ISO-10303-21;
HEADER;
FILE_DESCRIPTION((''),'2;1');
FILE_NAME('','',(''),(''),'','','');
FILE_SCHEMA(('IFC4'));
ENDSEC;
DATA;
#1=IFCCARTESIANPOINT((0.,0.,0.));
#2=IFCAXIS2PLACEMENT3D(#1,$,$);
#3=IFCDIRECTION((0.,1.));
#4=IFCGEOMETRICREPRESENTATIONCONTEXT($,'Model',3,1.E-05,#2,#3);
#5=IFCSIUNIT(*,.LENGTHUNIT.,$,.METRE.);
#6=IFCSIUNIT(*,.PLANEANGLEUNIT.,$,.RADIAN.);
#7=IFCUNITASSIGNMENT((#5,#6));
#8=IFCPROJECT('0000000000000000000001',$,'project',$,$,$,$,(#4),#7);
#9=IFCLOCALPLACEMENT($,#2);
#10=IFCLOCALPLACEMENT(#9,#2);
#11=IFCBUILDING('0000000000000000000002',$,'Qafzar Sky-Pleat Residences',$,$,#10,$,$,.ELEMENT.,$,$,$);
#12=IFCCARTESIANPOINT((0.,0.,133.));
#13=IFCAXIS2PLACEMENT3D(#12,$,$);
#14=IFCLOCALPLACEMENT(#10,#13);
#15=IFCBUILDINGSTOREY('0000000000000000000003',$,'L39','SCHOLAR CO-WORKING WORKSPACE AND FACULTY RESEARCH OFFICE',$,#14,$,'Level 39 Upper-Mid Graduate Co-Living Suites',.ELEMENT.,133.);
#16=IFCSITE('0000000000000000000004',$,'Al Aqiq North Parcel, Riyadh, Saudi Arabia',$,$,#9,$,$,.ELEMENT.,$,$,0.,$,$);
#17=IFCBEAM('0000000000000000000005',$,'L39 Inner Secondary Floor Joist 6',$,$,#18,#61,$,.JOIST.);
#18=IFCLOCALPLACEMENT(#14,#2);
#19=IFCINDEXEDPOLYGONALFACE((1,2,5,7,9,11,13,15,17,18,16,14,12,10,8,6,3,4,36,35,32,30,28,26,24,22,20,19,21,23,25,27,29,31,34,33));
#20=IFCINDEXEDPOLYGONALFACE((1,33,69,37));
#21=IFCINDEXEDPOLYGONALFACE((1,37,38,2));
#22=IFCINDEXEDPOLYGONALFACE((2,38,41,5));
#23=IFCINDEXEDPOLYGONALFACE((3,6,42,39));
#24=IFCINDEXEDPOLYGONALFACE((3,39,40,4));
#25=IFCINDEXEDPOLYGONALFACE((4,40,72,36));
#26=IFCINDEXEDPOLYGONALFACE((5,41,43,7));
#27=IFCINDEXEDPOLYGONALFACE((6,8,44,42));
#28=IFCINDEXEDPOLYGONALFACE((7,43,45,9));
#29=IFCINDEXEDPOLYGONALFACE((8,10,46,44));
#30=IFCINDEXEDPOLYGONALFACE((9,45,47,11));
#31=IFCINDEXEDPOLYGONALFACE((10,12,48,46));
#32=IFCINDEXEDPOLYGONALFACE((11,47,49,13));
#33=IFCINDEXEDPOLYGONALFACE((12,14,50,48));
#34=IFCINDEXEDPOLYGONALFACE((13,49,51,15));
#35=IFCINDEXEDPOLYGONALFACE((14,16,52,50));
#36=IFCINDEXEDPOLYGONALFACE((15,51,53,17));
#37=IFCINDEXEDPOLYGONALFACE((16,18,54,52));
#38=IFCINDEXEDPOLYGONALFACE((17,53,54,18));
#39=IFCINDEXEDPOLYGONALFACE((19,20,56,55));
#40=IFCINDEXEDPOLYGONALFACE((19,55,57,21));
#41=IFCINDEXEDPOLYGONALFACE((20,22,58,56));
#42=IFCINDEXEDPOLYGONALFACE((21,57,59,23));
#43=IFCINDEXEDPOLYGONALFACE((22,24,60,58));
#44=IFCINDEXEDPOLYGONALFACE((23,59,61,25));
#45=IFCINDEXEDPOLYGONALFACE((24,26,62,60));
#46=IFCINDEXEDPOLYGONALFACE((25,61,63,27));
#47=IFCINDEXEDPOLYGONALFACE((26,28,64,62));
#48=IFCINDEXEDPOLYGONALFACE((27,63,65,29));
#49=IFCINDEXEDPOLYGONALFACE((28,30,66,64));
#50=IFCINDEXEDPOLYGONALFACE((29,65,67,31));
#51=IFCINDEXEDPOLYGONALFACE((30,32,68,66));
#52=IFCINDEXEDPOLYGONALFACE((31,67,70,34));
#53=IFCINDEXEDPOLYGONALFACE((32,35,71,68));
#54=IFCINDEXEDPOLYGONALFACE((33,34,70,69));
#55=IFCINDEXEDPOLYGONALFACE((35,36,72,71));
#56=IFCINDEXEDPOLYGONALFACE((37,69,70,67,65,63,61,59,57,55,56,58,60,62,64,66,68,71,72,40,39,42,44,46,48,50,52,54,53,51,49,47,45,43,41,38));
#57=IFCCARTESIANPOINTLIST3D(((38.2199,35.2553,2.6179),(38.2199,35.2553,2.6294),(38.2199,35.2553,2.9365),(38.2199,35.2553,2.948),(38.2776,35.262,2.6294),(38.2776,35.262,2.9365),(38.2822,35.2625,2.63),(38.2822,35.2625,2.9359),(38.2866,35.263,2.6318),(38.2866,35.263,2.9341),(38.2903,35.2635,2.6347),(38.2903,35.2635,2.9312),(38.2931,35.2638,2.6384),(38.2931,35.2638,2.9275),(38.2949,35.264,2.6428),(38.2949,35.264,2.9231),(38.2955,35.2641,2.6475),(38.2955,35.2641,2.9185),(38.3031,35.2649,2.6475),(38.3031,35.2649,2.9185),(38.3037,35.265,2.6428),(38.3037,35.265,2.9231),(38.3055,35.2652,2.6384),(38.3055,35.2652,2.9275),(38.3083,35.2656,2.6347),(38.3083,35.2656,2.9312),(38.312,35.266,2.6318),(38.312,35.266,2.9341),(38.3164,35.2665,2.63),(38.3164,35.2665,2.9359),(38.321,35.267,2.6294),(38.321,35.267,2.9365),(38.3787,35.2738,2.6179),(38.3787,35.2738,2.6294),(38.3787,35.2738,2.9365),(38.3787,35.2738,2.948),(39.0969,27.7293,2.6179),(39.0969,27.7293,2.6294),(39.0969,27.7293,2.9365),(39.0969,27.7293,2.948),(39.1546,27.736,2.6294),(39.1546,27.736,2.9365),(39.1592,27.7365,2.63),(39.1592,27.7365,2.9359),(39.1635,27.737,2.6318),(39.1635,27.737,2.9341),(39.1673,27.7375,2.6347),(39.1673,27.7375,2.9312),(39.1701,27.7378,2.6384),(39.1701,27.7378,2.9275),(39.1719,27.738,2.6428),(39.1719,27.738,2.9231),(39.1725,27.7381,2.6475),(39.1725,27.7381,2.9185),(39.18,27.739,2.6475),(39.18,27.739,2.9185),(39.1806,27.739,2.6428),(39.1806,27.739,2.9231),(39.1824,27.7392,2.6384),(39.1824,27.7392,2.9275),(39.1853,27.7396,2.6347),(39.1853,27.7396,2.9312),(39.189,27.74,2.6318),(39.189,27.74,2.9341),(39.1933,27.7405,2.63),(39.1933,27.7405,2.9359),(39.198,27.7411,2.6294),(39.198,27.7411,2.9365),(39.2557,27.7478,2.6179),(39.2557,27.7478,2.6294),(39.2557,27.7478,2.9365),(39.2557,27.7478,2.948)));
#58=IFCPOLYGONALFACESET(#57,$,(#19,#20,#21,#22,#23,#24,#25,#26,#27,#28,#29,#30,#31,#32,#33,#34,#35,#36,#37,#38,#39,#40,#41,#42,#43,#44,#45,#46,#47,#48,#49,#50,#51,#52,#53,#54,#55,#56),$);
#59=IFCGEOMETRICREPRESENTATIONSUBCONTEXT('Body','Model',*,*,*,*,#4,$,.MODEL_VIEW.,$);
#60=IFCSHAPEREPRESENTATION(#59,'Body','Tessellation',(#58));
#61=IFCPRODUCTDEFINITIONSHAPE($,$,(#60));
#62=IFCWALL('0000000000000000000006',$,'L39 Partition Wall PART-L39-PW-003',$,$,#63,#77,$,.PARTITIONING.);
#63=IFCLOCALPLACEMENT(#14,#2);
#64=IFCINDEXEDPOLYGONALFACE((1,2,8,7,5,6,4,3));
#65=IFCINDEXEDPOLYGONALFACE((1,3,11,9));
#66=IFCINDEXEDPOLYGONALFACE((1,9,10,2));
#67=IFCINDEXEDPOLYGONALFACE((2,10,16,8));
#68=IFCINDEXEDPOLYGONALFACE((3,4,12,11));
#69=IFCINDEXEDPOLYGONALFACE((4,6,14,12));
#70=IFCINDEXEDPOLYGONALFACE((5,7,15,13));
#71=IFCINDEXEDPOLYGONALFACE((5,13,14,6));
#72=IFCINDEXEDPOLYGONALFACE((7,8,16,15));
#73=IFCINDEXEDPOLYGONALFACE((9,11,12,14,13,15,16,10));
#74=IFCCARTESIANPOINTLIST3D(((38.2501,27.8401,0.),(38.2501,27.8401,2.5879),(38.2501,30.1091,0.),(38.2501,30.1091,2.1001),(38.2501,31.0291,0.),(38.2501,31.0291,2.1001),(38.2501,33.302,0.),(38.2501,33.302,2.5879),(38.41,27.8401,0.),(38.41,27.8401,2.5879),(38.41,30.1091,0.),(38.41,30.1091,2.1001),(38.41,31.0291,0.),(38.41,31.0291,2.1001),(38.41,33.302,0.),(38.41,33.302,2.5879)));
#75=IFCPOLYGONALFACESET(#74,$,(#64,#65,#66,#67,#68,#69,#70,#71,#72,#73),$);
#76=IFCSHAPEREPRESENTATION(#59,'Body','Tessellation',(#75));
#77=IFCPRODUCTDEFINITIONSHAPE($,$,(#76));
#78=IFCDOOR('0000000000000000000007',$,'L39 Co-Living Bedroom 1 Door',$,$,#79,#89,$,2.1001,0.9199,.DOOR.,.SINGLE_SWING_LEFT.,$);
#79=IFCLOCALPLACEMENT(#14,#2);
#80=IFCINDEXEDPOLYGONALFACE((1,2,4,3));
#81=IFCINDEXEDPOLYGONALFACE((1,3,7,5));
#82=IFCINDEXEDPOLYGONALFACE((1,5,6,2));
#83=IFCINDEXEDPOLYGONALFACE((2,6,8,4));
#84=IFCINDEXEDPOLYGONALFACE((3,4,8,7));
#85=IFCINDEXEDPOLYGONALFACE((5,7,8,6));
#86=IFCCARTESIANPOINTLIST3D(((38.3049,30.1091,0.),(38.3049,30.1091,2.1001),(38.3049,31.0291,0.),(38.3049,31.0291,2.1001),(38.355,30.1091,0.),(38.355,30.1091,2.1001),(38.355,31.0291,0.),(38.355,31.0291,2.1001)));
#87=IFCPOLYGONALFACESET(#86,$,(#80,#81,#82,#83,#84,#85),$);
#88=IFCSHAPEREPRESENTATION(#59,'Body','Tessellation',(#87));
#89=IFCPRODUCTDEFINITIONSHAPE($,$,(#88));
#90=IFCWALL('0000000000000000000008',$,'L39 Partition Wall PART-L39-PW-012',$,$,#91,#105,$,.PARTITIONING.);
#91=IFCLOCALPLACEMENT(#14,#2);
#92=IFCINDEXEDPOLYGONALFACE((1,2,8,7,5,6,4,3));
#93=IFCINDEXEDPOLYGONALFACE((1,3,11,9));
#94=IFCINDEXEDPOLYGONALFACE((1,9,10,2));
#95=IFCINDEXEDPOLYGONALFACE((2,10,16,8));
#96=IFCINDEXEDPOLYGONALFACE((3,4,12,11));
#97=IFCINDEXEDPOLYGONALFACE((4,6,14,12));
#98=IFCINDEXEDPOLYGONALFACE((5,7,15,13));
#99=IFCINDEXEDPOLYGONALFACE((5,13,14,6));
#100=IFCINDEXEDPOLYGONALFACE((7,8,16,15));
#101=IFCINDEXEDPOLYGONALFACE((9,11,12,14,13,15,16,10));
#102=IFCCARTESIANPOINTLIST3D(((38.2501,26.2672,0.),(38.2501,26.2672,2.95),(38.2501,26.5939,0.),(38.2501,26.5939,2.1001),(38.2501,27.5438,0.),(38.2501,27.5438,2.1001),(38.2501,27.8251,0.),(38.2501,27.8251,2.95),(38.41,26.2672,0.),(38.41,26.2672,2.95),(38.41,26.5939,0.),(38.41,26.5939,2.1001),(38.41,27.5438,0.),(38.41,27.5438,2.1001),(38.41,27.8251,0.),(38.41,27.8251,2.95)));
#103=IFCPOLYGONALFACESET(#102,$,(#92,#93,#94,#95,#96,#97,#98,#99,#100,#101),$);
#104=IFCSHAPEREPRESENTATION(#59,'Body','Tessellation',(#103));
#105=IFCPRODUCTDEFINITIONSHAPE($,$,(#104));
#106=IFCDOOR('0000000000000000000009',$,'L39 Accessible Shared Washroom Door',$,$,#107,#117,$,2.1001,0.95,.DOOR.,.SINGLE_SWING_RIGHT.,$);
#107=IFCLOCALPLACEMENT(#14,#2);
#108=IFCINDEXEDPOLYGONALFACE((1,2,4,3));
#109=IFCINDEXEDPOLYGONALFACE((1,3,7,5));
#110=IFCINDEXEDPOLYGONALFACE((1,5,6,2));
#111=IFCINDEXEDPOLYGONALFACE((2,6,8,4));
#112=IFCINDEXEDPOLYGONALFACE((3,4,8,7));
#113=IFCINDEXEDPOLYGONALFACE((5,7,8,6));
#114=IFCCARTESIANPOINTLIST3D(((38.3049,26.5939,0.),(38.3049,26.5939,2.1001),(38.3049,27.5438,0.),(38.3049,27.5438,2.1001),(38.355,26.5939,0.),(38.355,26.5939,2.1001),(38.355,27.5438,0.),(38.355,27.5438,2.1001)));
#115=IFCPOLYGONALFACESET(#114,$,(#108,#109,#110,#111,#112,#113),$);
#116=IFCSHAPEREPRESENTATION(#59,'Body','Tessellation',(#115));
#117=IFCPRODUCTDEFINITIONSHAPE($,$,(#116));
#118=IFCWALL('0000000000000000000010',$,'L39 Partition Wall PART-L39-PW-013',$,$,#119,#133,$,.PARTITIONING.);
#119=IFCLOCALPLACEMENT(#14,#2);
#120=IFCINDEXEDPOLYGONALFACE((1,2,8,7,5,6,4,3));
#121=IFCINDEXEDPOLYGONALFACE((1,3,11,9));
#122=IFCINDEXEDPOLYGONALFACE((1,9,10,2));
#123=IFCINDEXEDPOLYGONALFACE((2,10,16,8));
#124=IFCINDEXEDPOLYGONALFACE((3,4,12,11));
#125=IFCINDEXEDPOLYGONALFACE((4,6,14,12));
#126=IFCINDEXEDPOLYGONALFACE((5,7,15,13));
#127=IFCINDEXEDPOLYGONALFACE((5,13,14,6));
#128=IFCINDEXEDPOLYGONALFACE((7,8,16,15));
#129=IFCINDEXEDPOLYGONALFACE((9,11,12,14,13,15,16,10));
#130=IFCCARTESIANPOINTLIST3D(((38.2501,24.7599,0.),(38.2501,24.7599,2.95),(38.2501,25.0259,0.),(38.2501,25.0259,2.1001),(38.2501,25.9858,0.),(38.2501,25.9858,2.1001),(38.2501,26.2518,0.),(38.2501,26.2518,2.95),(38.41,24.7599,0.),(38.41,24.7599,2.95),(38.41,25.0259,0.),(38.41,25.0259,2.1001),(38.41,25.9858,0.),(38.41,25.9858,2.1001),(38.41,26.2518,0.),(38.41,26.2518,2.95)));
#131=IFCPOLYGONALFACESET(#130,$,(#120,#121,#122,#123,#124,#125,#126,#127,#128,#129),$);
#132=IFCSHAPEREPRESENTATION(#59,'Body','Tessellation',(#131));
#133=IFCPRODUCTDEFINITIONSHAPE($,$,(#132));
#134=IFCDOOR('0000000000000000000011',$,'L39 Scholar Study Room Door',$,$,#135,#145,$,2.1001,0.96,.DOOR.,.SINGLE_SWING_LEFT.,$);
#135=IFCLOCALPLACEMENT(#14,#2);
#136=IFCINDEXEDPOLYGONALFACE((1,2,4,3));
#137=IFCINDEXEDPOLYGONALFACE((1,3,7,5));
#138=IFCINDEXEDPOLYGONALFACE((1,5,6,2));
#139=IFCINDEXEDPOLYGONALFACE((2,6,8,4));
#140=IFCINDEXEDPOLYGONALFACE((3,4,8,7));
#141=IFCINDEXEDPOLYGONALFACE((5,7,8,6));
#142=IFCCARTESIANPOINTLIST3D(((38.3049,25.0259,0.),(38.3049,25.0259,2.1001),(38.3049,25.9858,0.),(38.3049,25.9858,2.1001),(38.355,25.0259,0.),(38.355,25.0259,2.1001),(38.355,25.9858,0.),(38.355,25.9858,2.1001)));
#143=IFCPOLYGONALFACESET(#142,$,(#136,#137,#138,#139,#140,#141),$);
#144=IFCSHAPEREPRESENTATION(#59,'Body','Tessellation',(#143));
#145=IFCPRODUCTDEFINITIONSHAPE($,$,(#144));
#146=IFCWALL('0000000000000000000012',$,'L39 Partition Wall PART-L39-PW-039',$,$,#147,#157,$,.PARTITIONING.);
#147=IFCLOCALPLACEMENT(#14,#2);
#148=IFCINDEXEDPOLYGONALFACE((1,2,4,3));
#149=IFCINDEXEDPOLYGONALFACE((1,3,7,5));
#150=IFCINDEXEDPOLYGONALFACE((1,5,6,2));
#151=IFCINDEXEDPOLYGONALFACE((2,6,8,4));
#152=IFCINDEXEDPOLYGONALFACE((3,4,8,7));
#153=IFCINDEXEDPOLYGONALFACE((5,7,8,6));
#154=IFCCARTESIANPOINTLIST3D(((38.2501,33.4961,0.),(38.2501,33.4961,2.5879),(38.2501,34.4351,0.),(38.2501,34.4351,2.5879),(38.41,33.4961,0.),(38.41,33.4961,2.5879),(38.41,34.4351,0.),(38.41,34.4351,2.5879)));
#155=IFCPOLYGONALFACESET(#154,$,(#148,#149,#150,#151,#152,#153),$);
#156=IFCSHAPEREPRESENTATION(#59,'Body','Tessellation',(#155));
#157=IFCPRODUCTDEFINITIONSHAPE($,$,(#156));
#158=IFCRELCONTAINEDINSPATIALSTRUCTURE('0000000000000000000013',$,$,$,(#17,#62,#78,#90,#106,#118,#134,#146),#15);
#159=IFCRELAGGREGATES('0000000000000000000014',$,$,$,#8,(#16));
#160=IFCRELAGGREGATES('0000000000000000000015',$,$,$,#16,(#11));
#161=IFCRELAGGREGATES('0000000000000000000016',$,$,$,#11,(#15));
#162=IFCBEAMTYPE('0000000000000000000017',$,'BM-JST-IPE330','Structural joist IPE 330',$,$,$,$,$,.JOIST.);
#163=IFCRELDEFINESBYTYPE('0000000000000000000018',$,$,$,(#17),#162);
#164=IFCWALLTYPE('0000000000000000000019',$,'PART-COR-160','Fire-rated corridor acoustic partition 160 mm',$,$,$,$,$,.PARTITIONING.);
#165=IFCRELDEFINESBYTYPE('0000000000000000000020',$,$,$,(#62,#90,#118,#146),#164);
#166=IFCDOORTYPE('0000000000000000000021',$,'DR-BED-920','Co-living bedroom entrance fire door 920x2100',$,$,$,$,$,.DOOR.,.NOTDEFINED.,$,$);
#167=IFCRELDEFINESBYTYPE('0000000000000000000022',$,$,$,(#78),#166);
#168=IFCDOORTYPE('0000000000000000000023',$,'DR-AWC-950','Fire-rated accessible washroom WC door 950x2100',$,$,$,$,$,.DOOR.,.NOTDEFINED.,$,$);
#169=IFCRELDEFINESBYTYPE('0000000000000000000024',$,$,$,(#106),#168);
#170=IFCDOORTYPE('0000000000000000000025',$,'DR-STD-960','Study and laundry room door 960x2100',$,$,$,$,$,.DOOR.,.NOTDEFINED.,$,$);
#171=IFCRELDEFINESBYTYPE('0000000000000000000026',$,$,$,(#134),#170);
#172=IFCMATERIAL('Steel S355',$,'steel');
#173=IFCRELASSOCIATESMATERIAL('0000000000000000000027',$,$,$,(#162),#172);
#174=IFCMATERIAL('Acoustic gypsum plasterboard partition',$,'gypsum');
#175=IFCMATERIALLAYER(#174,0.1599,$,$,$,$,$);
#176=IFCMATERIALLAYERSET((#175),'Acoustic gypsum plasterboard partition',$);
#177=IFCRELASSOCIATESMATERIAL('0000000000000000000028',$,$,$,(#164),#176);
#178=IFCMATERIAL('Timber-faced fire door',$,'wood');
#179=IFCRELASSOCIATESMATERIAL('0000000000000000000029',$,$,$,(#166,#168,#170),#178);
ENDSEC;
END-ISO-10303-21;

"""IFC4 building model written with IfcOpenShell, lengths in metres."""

from ifc_helpers import new_model, si_unit, direction, frame, frame_2d, origin, origin_2d, place, context, subcontext, project, spatial, rectangle, i_section, extrude, source, transform, mapped, material, layer, layer_set, material_profile, profile_set, type_object, element, fill, save


model = new_model("IFC4")

# Units and contexts
model_context = context("Model", 3, precision=1e-05, world=origin(), true_north=direction((0.0, 1.0)))
body_context = subcontext(model_context, "Body", "Model", "MODEL_VIEW")
ifc_project = project(units=[si_unit("LENGTHUNIT", "METRE"), si_unit("PLANEANGLEUNIT", "RADIAN")], contexts=[model_context])

# Site, building, storey
site_placement = place(None, origin())
site = spatial("IfcSite", under=ifc_project, at=site_placement, Name="Al Aqiq North Parcel, Riyadh, Saudi Arabia", CompositionType="ELEMENT", RefElevation=0.0)
building_placement = place(site_placement, origin())
building = spatial("IfcBuilding", under=site, at=building_placement, Name="Qafzar Sky-Pleat Residences", CompositionType="ELEMENT")
storey_placement = place(building_placement, frame((0.0, 0.0, 133.0)))
storey = spatial("IfcBuildingStorey", under=building, at=storey_placement, Name="L39", Description="SCHOLAR CO-WORKING WORKSPACE AND FACULTY RESEARCH OFFICE", LongName="Level 39 Upper-Mid Graduate Co-Living Suites", CompositionType="ELEMENT", Elevation=133.0)

# Beam
ifc_material_1 = material(Name="Steel S355", Category="steel")
ifc_material_profile = material_profile(ifc_material_1, i_section(OverallWidth=0.1599, OverallDepth=0.3301, WebThickness=0.0076, FlangeThickness=0.0115, FilletRadius=0.0181, at=origin_2d()), Name="IPE 330")
ifc_profile_set = profile_set([ifc_material_profile], Name="Steel S355")
beam_type = type_object("IfcBeamType", Name="BM-JST-IPE330", Description="Structural joist IPE 330", PredefinedType="JOIST", material=ifc_profile_set)
shared_shape_1 = source(origin(), body_context, "Body", "SweptSolid", [
    extrude(i_section(OverallWidth=0.1599, OverallDepth=0.3301, WebThickness=0.0076, FlangeThickness=0.0115, FilletRadius=0.0181, at=origin_2d()), origin(), (0.0, 0.0, 1.0), 7.5769),
])
beam_placement = place(storey_placement, frame((39.1763, 27.7385, 2.783), z_axis=(-0.115742, 0.993279, 0.0), x_axis=(-0.993279, -0.115742, 0.0)))
element("IfcBeam", 1, at=beam_placement, inside=storey, type_object=beam_type, Name="L39 Inner Secondary Floor Joist 6", PredefinedType="JOIST", context=body_context, shape_type="MappedRepresentation", body=[
    mapped(shared_shape_1, transform((0.0, 0.0, 0.0), x_axis=(1.0, 0.0, 0.0), y_axis=(0.0, 1.0, 0.0), z_axis=(0.0, 0.0, 1.0), scale=1.0)),
])

# Walls, openings, doors
ifc_material_2 = material(Name="Acoustic gypsum plasterboard partition", Category="gypsum")
ifc_layer_1 = layer(ifc_material_2, 0.1599)
ifc_layer_set_1 = layer_set([ifc_layer_1], Name="Acoustic gypsum plasterboard partition")
wall_type_1 = type_object("IfcWallType", Name="PART-COR-160", Description="Fire-rated corridor acoustic partition 160 mm", PredefinedType="PARTITIONING", material=ifc_layer_set_1)
wall_1_placement = place(storey_placement, frame((38.3301, 33.302, 0.0), z_axis=(0.0, 0.0, 1.0), x_axis=(0.0, -1.0, 0.0)))
wall_1 = element("IfcWall", 2, at=wall_1_placement, inside=storey, type_object=wall_type_1, Name="L39 Partition Wall PART-L39-PW-003", PredefinedType="PARTITIONING", context=body_context, shape_type="SweptSolid", body=[
    extrude(rectangle(XDim=5.4619, YDim=0.1599, at=frame_2d((2.731, 0.0))), origin(), (0.0, 0.0, 1.0), 2.5879),
])
opening_1_placement = place(wall_1_placement, frame((2.2729, 0.0, 0.0)))
opening_1 = element("IfcOpeningElement", 3, at=opening_1_placement, cuts=wall_1, PredefinedType="OPENING", context=body_context, shape_type="SweptSolid", body=[
    extrude(rectangle(XDim=0.9199, YDim=2.1001, at=frame_2d((0.46, 1.05))), frame((0.0, 0.0898, 0.0), z_axis=(0.0, -1.0, 0.0), x_axis=(1.0, 0.0, 0.0)), (0.0, 0.0, 1.0), 0.1799),
])
ifc_material_3 = material(Name="Timber-faced fire door", Category="wood")
door_type_1 = type_object("IfcDoorType", Name="DR-BED-920", Description="Co-living bedroom entrance fire door 920x2100", OperationType="NOTDEFINED", PredefinedType="DOOR", material=ifc_material_3)
shared_shape_2 = source(origin(), body_context, "Body", "SweptSolid", [
    extrude(rectangle(XDim=0.9199, YDim=2.1001, at=frame_2d((0.46, 1.05))), frame((0.0, 0.0249, 0.0), z_axis=(0.0, -1.0, 0.0), x_axis=(1.0, 0.0, 0.0)), (0.0, 0.0, 1.0), 0.05),
])
door_1_placement = place(opening_1_placement, origin())
door_1 = element("IfcDoor", 4, at=door_1_placement, inside=storey, type_object=door_type_1, Name="L39 Co-Living Bedroom 1 Door", OperationType="SINGLE_SWING_LEFT", OverallHeight=2.1001, OverallWidth=0.9199, PredefinedType="DOOR", context=body_context, shape_type="MappedRepresentation", body=[
    mapped(shared_shape_2, transform((0.0, 0.0, 0.0), x_axis=(1.0, 0.0, 0.0), y_axis=(0.0, 1.0, 0.0), z_axis=(0.0, 0.0, 1.0), scale=1.0)),
])
fill(opening_1, door_1)
wall_2_placement = place(storey_placement, frame((38.3301, 27.825, 0.0), z_axis=(0.0, 0.0, 1.0), x_axis=(0.0, -1.0, 0.0)))
wall_2 = element("IfcWall", 5, at=wall_2_placement, inside=storey, type_object=wall_type_1, Name="L39 Partition Wall PART-L39-PW-012", PredefinedType="PARTITIONING", context=body_context, shape_type="SweptSolid", body=[
    extrude(rectangle(XDim=1.5579, YDim=0.1599, at=frame_2d((0.7788, 0.0))), origin(), (0.0, 0.0, 1.0), 2.95),
])
opening_2_placement = place(wall_2_placement, frame((0.281, 0.0, 0.0)))
opening_2 = element("IfcOpeningElement", 6, at=opening_2_placement, cuts=wall_2, PredefinedType="OPENING", context=body_context, shape_type="SweptSolid", body=[
    extrude(rectangle(XDim=0.95, YDim=2.1001, at=frame_2d((0.4751, 1.05))), frame((0.0, 0.0898, 0.0), z_axis=(0.0, -1.0, 0.0), x_axis=(1.0, 0.0, 0.0)), (0.0, 0.0, 1.0), 0.1799),
])
door_type_2 = type_object("IfcDoorType", Name="DR-AWC-950", Description="Fire-rated accessible washroom WC door 950x2100", OperationType="NOTDEFINED", PredefinedType="DOOR", material=ifc_material_3)
shared_shape_3 = source(origin(), body_context, "Body", "SweptSolid", [
    extrude(rectangle(XDim=0.95, YDim=2.1001, at=frame_2d((0.4751, 1.05))), frame((0.0, 0.0249, 0.0), z_axis=(0.0, -1.0, 0.0), x_axis=(1.0, 0.0, 0.0)), (0.0, 0.0, 1.0), 0.05),
])
door_2_placement = place(opening_2_placement, origin())
door_2 = element("IfcDoor", 7, at=door_2_placement, inside=storey, type_object=door_type_2, Name="L39 Accessible Shared Washroom Door", OperationType="SINGLE_SWING_RIGHT", OverallHeight=2.1001, OverallWidth=0.95, PredefinedType="DOOR", context=body_context, shape_type="MappedRepresentation", body=[
    mapped(shared_shape_3, transform((0.0, 0.0, 0.0), x_axis=(1.0, 0.0, 0.0), y_axis=(0.0, 1.0, 0.0), z_axis=(0.0, 0.0, 1.0), scale=1.0)),
])
fill(opening_2, door_2)
wall_3_placement = place(storey_placement, frame((38.3301, 26.252, 0.0), z_axis=(0.0, 0.0, 1.0), x_axis=(0.0, -1.0, 0.0)))
wall_3 = element("IfcWall", 8, at=wall_3_placement, inside=storey, type_object=wall_type_1, Name="L39 Partition Wall PART-L39-PW-013", PredefinedType="PARTITIONING", context=body_context, shape_type="SweptSolid", body=[
    extrude(rectangle(XDim=1.4919, YDim=0.1599, at=frame_2d((0.7461, 0.0))), origin(), (0.0, 0.0, 1.0), 2.95),
])
opening_3_placement = place(wall_3_placement, frame((0.2661, 0.0, 0.0)))
opening_3 = element("IfcOpeningElement", 9, at=opening_3_placement, cuts=wall_3, PredefinedType="OPENING", context=body_context, shape_type="SweptSolid", body=[
    extrude(rectangle(XDim=0.96, YDim=2.1001, at=frame_2d((0.48, 1.05))), frame((0.0, 0.0898, 0.0), z_axis=(0.0, -1.0, 0.0), x_axis=(1.0, 0.0, 0.0)), (0.0, 0.0, 1.0), 0.1799),
])
door_type_3 = type_object("IfcDoorType", Name="DR-STD-960", Description="Study and laundry room door 960x2100", OperationType="NOTDEFINED", PredefinedType="DOOR", material=ifc_material_3)
shared_shape_4 = source(origin(), body_context, "Body", "SweptSolid", [
    extrude(rectangle(XDim=0.96, YDim=2.1001, at=frame_2d((0.48, 1.05))), frame((0.0, 0.0249, 0.0), z_axis=(0.0, -1.0, 0.0), x_axis=(1.0, 0.0, 0.0)), (0.0, 0.0, 1.0), 0.05),
])
door_3_placement = place(opening_3_placement, origin())
door_3 = element("IfcDoor", 10, at=door_3_placement, inside=storey, type_object=door_type_3, Name="L39 Scholar Study Room Door", OperationType="SINGLE_SWING_LEFT", OverallHeight=2.1001, OverallWidth=0.96, PredefinedType="DOOR", context=body_context, shape_type="MappedRepresentation", body=[
    mapped(shared_shape_4, transform((0.0, 0.0, 0.0), x_axis=(1.0, 0.0, 0.0), y_axis=(0.0, 1.0, 0.0), z_axis=(0.0, 0.0, 1.0), scale=1.0)),
])
fill(opening_3, door_3)

# Wall
wall_4_placement = place(storey_placement, frame((38.3301, 33.4961, 0.0), z_axis=(0.0, 0.0, 1.0), x_axis=(0.0, 1.0, 0.0)))
element("IfcWall", 11, at=wall_4_placement, inside=storey, type_object=wall_type_1, Name="L39 Partition Wall PART-L39-PW-039", PredefinedType="PARTITIONING", context=body_context, shape_type="SweptSolid", body=[
    extrude(rectangle(XDim=0.939, YDim=0.1599, at=frame_2d((0.4695, 0.0))), origin(), (0.0, 0.0, 1.0), 2.5879),
])

save(model, "model.ifc")
